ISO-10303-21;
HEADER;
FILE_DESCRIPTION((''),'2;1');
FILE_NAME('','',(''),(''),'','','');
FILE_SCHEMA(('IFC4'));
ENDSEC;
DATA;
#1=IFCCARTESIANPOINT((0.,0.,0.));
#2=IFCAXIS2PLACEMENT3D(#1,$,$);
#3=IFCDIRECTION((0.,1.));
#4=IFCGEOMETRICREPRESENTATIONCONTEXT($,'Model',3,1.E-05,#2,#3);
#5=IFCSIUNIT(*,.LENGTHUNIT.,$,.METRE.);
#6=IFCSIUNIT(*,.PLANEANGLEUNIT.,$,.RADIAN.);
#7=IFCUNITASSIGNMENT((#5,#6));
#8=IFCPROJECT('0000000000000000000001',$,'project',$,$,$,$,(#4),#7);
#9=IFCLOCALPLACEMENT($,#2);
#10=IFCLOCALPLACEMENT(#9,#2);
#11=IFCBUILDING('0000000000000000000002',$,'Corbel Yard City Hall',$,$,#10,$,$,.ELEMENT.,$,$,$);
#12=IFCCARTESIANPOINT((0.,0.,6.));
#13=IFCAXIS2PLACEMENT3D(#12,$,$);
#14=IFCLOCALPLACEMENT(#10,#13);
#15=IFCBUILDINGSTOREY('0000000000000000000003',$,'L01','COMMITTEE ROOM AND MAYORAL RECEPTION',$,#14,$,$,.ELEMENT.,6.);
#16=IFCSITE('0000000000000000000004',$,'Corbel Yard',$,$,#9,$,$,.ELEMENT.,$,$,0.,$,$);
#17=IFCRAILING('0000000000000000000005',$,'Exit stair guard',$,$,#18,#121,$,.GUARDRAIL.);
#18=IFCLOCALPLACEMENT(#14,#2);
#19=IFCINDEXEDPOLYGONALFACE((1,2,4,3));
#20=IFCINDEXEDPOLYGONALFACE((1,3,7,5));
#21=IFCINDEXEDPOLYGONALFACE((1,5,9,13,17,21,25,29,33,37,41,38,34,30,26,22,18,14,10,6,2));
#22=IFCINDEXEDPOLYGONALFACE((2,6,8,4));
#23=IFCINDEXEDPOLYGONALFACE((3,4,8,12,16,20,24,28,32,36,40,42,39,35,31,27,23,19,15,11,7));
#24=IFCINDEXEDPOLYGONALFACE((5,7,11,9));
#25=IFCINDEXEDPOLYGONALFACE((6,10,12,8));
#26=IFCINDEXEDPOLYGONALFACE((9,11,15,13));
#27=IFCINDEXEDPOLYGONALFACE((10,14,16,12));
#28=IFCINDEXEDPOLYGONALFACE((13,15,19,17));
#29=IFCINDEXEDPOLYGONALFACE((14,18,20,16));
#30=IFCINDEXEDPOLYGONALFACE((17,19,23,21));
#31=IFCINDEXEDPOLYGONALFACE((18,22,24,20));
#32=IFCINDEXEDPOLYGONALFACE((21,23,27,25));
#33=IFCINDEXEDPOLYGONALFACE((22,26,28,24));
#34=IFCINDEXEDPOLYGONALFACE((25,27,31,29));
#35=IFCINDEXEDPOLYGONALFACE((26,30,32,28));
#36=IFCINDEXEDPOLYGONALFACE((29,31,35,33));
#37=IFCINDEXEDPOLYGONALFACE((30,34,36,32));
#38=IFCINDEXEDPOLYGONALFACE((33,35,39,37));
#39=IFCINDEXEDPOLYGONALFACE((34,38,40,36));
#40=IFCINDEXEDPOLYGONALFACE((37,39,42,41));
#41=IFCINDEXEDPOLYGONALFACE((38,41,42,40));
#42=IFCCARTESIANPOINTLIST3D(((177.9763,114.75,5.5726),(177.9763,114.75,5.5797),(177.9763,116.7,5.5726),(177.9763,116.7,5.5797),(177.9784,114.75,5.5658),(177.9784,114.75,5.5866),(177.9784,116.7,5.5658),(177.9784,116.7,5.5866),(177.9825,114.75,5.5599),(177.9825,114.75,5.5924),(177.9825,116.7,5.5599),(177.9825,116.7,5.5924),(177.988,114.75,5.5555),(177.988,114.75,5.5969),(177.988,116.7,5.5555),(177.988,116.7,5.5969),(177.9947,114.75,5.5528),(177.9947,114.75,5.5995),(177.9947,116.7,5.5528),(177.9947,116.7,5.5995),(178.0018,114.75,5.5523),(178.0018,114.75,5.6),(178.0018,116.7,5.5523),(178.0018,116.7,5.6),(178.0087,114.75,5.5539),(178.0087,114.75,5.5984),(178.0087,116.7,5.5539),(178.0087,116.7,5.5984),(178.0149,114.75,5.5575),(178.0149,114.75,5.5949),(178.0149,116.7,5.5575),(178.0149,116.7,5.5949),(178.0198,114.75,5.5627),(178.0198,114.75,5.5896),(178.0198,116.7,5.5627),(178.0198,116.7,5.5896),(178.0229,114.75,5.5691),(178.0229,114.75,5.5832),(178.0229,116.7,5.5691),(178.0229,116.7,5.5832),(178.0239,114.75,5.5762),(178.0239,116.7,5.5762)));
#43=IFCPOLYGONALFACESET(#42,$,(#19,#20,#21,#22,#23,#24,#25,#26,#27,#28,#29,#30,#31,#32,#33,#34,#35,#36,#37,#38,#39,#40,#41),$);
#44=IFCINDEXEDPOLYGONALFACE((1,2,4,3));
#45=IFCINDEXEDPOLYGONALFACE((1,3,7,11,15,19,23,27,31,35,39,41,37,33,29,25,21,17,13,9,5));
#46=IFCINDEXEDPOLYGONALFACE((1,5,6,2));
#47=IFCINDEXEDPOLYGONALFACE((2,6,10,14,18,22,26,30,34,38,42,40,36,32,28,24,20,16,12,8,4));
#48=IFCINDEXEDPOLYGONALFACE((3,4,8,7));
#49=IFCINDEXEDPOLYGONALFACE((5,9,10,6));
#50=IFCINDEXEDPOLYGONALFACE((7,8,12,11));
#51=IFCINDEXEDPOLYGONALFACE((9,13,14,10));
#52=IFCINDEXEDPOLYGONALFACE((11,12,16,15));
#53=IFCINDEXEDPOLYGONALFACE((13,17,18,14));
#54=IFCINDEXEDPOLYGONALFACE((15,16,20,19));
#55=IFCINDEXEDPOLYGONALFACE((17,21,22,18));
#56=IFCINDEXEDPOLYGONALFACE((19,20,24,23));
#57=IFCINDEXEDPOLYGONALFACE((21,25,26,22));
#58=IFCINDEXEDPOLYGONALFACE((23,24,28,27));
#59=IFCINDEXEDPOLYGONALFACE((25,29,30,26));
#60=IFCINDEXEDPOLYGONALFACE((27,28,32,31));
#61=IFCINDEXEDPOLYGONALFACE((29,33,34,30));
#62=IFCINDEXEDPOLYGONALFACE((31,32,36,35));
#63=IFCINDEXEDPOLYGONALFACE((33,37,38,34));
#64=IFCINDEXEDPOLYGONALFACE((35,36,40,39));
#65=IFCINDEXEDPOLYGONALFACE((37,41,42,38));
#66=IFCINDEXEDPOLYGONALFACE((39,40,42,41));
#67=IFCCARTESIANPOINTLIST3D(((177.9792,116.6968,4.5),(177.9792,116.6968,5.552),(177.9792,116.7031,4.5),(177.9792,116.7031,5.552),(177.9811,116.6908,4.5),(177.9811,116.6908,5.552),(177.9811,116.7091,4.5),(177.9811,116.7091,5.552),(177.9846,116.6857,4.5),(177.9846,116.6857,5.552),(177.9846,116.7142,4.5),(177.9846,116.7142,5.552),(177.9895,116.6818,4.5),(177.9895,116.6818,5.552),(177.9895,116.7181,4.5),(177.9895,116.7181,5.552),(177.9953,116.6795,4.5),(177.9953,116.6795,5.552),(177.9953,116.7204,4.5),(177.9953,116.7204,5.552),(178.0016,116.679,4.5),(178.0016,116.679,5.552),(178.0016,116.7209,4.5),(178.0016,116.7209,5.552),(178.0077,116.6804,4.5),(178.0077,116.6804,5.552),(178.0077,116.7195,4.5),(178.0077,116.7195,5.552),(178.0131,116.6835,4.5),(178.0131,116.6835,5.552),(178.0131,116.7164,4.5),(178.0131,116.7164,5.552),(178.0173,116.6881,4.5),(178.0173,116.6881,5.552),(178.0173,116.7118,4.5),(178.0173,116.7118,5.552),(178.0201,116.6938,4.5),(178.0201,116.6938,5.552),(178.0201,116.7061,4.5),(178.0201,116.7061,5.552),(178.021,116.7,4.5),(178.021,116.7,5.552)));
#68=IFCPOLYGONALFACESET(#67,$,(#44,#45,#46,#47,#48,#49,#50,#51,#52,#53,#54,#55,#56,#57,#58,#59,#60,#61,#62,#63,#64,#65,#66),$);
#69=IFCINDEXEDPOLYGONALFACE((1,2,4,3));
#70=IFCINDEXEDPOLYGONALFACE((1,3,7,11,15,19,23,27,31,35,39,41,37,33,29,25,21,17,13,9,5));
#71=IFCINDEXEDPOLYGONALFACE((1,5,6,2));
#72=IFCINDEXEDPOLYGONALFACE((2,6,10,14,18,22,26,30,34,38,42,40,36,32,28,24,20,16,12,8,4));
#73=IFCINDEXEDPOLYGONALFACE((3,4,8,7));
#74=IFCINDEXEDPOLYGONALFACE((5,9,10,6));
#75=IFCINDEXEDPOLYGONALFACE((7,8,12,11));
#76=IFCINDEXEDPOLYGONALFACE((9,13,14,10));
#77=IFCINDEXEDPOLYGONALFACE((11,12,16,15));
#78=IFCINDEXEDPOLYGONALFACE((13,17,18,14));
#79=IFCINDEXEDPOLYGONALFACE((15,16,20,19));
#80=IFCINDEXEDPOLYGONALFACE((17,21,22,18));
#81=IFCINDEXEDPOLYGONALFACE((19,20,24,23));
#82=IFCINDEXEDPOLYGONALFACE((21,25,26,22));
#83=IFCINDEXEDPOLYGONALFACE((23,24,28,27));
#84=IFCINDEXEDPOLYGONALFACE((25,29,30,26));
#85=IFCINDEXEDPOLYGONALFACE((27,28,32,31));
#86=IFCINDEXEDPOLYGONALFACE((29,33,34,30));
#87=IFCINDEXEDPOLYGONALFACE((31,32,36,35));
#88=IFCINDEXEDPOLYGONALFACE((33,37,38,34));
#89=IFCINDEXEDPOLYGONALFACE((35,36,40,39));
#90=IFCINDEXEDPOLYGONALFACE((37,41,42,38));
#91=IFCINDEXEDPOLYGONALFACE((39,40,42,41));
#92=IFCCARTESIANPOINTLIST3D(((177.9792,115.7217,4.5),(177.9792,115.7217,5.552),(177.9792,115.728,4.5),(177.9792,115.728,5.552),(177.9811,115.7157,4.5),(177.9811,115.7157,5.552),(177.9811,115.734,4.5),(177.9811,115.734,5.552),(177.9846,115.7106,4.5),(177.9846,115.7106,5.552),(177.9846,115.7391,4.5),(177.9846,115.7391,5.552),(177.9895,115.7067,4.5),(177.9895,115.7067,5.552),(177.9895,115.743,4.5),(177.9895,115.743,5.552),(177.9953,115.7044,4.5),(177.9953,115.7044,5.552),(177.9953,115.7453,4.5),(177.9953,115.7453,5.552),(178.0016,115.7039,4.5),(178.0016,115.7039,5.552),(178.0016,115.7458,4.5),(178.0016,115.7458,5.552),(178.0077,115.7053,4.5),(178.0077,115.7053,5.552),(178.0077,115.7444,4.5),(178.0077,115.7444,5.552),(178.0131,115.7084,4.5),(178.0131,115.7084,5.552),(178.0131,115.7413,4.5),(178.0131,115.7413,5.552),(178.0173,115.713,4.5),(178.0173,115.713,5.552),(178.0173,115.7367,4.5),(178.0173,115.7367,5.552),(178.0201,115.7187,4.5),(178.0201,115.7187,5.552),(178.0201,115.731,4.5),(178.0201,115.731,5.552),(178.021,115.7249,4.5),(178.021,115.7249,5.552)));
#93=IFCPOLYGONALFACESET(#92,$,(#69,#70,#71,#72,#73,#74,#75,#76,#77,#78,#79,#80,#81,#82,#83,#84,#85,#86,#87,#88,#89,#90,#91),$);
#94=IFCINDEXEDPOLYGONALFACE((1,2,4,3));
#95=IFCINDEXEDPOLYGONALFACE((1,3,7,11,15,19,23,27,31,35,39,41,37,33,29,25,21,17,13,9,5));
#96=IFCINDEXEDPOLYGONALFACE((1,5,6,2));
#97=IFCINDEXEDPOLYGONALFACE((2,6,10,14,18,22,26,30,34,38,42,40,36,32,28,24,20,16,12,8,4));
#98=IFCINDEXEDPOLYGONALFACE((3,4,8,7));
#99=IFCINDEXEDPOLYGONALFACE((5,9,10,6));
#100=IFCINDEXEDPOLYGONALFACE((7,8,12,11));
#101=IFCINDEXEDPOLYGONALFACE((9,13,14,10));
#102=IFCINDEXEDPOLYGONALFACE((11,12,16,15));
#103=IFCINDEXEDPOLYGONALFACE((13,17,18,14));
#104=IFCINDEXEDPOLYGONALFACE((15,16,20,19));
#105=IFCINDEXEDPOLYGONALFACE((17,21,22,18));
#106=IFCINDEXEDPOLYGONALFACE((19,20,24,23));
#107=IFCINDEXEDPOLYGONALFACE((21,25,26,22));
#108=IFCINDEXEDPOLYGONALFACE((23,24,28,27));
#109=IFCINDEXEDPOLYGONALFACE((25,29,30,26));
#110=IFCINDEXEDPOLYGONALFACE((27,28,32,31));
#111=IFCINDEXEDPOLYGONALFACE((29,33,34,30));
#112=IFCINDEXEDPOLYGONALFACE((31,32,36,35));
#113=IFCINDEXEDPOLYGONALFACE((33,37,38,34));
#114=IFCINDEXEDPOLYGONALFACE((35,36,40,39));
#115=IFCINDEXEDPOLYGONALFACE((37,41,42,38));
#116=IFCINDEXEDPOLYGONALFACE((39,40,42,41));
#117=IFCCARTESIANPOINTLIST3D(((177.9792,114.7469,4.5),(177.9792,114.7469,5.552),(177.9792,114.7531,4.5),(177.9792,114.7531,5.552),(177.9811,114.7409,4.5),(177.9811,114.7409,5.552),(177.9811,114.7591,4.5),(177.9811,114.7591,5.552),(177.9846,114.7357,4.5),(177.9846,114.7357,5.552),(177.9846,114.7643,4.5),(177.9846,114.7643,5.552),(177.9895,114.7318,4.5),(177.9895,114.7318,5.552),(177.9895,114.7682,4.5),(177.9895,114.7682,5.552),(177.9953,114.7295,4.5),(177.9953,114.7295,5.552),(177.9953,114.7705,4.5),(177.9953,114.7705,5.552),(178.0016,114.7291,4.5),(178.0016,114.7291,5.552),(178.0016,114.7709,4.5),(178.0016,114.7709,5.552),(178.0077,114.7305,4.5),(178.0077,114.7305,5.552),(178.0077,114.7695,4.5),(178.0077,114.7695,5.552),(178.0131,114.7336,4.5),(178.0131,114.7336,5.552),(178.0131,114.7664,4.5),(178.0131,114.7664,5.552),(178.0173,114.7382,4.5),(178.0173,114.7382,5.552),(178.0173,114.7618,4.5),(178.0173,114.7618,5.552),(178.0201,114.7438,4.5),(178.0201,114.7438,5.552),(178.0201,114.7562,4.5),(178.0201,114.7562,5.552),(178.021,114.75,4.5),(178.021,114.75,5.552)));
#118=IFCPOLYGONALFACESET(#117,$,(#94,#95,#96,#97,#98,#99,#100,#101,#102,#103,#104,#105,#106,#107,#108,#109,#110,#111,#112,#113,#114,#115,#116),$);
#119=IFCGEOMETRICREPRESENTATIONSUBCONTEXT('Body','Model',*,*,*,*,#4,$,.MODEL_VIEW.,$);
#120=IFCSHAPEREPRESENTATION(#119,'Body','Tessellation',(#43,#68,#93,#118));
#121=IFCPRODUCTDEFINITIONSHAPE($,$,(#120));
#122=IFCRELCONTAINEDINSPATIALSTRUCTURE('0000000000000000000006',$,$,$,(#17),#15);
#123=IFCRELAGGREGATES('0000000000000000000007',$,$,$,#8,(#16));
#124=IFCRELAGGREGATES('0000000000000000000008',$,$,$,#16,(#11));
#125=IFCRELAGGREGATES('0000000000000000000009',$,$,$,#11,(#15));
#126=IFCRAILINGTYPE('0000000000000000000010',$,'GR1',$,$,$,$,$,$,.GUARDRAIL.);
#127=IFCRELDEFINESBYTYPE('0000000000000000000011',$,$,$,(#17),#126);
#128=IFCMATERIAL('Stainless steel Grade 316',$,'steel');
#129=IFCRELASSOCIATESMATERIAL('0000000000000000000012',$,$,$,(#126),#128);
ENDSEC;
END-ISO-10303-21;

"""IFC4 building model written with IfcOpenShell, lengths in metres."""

from ifc_helpers import new_model, si_unit, direction, frame, origin, origin_2d, place, context, subcontext, project, spatial, circle, extrude, material, type_object, element, save


model = new_model("IFC4")

# Units and contexts
model_context = context("Model", 3, precision=1e-05, world=origin(), true_north=direction((0.0, 1.0)))
body_context = subcontext(model_context, "Body", "Model", "MODEL_VIEW")
ifc_project = project(units=[si_unit("LENGTHUNIT", "METRE"), si_unit("PLANEANGLEUNIT", "RADIAN")], contexts=[model_context])

# Site, building, storey
site_placement = place(None, origin())
site = spatial("IfcSite", under=ifc_project, at=site_placement, Name="Corbel Yard", CompositionType="ELEMENT", RefElevation=0.0)
building_placement = place(site_placement, origin())
building = spatial("IfcBuilding", under=site, at=building_placement, Name="Corbel Yard City Hall", CompositionType="ELEMENT")
storey_placement = place(building_placement, frame((0.0, 0.0, 6.0)))
storey = spatial("IfcBuildingStorey", under=building, at=storey_placement, Name="L01", Description="COMMITTEE ROOM AND MAYORAL RECEPTION", CompositionType="ELEMENT", Elevation=6.0)

# Shared definitions
ifc_material_1 = material(Name="Stainless steel Grade 316", Category="steel")

# Railing
railing_type_1 = type_object("IfcRailingType", Name="GR1", PredefinedType="GUARDRAIL", material=ifc_material_1)
railing_placement = place(storey_placement, frame((178.0, 116.7, 4.5)))
element("IfcRailing", 1, at=railing_placement, inside=storey, type_object=railing_type_1, Name="Exit stair guard", PredefinedType="GUARDRAIL", context=body_context, shape_type="SweptSolid", body=[
    extrude(circle(Radius=0.0239, at=origin_2d()), frame((0.0, 0.0, 1.0762), z_axis=(0.0, -1.0, 0.0), x_axis=(1.0, 0.0, 0.0)), (0.0, 0.0, 1.0), 1.95),
    extrude(circle(Radius=0.021, at=origin_2d()), origin(), (0.0, 0.0, 1.0), 1.052),
    extrude(circle(Radius=0.021, at=origin_2d()), frame((0.0, -0.9751, 0.0)), (0.0, 0.0, 1.0), 1.052),
    extrude(circle(Radius=0.021, at=origin_2d()), frame((0.0, -1.95, 0.0)), (0.0, 0.0, 1.0), 1.052),
])

save(model, "model.ifc")
